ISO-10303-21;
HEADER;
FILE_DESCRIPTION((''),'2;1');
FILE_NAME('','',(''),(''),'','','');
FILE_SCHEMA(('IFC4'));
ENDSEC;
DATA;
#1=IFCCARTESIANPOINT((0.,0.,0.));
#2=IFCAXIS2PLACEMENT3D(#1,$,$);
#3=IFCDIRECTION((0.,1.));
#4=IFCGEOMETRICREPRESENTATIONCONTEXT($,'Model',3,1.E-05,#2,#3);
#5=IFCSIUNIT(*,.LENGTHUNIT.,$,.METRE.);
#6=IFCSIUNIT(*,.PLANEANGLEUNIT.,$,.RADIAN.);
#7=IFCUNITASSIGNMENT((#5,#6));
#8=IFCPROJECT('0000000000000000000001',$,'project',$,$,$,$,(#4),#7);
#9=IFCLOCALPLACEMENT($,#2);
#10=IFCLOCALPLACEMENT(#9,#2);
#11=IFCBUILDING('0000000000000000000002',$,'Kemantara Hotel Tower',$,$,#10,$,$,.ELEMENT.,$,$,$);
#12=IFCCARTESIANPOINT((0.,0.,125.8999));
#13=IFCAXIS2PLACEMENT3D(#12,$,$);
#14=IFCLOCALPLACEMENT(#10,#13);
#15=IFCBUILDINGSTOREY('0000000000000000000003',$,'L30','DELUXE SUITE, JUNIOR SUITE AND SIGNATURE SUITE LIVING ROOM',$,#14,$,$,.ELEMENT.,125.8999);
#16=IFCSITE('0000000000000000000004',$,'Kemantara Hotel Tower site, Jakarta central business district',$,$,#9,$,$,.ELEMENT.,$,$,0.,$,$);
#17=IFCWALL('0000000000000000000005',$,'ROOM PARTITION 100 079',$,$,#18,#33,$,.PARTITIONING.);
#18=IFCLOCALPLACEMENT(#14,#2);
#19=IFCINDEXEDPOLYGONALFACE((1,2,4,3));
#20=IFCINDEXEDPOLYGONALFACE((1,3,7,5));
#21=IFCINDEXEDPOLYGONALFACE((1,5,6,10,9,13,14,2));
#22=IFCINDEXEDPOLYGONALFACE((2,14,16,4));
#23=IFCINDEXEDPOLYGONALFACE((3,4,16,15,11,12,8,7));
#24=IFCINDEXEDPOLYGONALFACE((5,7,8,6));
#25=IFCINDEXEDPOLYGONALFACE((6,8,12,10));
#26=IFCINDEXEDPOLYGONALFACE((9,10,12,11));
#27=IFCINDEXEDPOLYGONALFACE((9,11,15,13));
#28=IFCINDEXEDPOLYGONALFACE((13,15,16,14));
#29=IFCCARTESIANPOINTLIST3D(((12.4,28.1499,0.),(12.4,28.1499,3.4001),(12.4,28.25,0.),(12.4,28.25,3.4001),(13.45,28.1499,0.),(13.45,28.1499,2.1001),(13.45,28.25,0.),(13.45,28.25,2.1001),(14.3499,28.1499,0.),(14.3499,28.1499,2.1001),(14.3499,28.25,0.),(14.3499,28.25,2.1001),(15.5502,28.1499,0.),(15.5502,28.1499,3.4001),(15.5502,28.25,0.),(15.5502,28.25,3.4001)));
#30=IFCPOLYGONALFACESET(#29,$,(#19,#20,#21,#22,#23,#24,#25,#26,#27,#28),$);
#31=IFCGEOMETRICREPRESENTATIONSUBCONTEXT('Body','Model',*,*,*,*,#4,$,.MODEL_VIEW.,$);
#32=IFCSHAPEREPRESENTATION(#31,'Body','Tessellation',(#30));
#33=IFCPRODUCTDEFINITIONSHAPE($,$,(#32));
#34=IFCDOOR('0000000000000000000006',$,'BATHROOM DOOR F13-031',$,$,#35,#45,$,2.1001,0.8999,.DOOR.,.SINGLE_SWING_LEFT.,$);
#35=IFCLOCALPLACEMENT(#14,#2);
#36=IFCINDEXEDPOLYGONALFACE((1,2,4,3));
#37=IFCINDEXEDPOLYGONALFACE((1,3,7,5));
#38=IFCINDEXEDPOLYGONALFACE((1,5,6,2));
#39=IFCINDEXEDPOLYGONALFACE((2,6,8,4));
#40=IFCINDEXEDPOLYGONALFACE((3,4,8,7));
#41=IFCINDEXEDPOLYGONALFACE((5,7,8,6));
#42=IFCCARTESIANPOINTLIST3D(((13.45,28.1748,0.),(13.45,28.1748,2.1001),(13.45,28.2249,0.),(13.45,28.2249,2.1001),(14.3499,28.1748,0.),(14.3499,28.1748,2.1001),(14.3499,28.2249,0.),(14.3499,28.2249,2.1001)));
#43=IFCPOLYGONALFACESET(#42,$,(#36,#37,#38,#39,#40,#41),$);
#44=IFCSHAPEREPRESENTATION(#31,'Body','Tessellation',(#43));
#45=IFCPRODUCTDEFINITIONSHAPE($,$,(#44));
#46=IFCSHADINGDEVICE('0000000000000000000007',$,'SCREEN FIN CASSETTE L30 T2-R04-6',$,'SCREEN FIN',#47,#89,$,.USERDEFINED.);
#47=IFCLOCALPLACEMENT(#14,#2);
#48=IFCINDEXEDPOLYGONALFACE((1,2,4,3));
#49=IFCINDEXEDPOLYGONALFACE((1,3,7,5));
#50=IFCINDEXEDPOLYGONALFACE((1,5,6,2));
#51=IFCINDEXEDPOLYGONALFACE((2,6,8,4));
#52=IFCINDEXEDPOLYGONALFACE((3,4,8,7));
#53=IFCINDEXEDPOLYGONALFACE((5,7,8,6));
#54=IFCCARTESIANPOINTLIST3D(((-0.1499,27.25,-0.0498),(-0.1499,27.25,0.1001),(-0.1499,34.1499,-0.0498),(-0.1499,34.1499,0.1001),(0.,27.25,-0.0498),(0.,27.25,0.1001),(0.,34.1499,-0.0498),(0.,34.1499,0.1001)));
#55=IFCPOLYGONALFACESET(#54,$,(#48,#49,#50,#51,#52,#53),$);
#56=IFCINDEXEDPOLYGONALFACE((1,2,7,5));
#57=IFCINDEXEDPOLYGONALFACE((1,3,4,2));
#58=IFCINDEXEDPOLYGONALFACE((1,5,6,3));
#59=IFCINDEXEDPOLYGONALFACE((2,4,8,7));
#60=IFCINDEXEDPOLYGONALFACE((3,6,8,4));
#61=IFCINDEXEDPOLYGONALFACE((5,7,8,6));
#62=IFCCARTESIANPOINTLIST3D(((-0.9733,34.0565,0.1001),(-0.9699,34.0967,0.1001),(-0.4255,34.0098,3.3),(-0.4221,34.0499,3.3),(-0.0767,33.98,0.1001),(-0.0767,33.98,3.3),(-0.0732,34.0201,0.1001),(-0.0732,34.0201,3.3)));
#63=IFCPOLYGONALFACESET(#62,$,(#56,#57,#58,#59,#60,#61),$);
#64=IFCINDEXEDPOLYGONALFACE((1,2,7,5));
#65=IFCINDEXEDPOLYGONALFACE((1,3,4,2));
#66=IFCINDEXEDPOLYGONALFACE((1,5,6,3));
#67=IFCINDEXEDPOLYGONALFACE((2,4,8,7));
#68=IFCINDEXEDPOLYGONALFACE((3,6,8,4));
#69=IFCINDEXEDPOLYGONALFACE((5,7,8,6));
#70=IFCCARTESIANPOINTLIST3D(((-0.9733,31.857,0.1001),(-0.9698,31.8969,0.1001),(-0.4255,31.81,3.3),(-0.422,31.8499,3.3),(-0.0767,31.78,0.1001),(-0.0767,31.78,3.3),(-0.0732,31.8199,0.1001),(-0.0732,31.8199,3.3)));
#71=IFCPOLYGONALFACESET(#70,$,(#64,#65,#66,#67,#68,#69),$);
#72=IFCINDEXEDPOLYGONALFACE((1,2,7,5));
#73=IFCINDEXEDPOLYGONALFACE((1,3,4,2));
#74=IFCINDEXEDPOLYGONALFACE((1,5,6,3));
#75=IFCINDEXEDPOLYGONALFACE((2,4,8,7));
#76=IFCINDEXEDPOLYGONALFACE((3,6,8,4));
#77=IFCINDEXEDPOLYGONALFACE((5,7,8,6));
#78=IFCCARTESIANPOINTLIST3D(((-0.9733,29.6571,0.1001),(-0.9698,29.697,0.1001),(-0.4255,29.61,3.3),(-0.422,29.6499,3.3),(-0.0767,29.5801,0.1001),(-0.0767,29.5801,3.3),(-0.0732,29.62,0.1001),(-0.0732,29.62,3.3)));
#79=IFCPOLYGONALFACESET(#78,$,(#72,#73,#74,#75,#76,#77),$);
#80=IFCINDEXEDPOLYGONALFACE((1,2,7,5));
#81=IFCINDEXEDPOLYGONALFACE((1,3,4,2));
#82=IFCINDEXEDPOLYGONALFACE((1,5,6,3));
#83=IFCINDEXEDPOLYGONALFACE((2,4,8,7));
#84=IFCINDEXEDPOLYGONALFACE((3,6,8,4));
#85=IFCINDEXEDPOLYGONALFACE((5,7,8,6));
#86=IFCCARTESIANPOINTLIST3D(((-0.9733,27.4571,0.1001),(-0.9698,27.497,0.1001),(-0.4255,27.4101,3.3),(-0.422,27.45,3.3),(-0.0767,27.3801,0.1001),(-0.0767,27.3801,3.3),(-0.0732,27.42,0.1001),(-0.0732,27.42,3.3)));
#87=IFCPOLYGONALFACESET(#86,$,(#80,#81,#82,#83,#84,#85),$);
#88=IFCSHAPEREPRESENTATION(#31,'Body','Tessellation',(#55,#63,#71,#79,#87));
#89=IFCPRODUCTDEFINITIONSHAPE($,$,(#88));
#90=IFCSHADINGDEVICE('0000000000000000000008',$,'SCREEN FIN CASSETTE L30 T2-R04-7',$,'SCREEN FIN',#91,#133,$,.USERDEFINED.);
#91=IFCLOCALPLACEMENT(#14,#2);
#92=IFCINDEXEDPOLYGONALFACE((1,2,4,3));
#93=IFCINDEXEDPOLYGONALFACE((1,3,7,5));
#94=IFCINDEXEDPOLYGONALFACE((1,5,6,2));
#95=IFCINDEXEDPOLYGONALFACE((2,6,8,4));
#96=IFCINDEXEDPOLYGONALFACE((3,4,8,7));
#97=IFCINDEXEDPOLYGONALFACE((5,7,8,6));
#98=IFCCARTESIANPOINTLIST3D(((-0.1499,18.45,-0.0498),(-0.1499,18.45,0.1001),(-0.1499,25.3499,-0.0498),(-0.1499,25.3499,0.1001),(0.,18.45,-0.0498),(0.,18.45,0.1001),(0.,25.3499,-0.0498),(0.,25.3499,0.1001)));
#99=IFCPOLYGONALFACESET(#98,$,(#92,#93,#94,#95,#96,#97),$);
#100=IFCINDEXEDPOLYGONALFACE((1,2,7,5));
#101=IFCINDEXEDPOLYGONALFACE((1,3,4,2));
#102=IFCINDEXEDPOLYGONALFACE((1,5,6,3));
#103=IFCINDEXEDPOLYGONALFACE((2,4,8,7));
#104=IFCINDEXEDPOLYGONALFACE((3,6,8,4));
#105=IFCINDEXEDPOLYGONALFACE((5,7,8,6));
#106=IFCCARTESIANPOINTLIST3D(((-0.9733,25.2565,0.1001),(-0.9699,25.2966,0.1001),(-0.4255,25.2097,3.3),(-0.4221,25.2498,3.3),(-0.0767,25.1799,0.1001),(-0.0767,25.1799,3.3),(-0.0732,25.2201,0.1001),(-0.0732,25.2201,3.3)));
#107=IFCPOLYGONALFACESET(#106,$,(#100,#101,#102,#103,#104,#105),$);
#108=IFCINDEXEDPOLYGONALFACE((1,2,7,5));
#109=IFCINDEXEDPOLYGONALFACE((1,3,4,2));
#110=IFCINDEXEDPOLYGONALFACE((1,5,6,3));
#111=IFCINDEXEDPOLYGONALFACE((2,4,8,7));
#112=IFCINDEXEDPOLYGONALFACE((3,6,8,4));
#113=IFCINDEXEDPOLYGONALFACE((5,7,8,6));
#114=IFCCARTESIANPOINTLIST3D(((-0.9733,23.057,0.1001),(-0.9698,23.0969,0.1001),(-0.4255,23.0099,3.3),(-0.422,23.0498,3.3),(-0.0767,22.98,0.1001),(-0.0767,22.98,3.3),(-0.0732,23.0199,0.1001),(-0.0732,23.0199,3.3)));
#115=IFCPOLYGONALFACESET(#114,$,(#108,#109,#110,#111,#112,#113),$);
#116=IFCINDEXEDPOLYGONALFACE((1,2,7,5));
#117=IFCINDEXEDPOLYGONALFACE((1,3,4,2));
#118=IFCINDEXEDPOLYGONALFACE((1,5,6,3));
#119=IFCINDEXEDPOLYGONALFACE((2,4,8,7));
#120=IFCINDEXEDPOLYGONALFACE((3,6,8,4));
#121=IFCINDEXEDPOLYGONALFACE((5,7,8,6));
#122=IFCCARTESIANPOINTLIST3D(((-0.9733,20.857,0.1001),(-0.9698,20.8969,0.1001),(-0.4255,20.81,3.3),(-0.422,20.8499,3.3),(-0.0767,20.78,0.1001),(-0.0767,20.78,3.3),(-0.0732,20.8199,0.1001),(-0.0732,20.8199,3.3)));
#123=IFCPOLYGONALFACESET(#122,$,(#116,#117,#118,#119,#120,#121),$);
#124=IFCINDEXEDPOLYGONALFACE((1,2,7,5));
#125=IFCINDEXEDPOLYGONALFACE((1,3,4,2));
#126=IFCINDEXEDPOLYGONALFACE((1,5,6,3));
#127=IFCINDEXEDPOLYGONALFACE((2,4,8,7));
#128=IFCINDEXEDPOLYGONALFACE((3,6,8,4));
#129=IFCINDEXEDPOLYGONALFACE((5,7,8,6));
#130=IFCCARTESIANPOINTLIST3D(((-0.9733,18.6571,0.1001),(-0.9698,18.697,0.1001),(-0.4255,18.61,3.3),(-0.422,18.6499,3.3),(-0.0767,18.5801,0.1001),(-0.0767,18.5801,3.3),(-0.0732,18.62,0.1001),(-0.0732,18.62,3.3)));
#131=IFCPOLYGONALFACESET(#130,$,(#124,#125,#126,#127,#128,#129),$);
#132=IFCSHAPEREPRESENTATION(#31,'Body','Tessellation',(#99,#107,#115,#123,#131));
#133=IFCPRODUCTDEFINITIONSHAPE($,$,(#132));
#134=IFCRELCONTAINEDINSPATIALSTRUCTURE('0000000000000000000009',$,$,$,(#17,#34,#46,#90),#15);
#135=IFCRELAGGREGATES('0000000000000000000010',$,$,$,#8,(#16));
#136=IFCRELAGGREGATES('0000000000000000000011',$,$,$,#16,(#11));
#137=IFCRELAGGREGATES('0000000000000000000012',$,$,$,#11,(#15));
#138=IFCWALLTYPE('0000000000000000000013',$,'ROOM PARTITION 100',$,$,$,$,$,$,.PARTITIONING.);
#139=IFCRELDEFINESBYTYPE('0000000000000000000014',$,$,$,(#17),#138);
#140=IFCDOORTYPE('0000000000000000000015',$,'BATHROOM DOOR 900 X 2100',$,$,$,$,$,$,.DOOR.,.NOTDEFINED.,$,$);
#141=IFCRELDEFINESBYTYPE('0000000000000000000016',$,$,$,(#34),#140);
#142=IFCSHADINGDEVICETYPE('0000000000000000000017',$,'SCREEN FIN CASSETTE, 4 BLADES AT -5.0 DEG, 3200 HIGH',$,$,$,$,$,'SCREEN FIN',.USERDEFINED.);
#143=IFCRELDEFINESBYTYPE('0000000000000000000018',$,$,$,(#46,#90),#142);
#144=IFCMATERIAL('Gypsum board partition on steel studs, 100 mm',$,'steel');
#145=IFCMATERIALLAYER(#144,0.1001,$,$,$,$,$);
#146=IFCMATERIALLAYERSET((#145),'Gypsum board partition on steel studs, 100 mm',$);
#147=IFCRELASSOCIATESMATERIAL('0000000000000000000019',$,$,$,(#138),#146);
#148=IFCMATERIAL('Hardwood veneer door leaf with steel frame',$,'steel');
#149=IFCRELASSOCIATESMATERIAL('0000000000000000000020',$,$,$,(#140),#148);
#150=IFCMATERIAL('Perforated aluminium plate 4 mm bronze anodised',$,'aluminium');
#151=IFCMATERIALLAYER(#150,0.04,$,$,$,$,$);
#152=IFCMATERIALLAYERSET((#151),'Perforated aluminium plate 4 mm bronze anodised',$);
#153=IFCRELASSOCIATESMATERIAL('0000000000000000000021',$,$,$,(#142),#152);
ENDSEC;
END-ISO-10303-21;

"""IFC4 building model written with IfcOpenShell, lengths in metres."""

from ifc_helpers import new_model, si_unit, direction, frame, frame_2d, origin, origin_2d, place, context, subcontext, project, spatial, polyline, rectangle, outline, extrude, source, transform, mapped, material, layer, layer_set, type_object, element, fill, save


model = new_model("IFC4")

# Units and contexts
model_context = context("Model", 3, precision=1e-05, world=origin(), true_north=direction((0.0, 1.0)))
body_context = subcontext(model_context, "Body", "Model", "MODEL_VIEW")
ifc_project = project(units=[si_unit("LENGTHUNIT", "METRE"), si_unit("PLANEANGLEUNIT", "RADIAN")], contexts=[model_context])

# Site, building, storey
site_placement = place(None, origin())
site = spatial("IfcSite", under=ifc_project, at=site_placement, Name="Kemantara Hotel Tower site, Jakarta central business district", CompositionType="ELEMENT", RefElevation=0.0)
building_placement = place(site_placement, origin())
building = spatial("IfcBuilding", under=site, at=building_placement, Name="Kemantara Hotel Tower", CompositionType="ELEMENT")
storey_placement = place(building_placement, frame((0.0, 0.0, 125.8999)))
storey = spatial("IfcBuildingStorey", under=building, at=storey_placement, Name="L30", Description="DELUXE SUITE, JUNIOR SUITE AND SIGNATURE SUITE LIVING ROOM", CompositionType="ELEMENT", Elevation=125.8999)

# Shared definitions
ifc_material_1 = material(Name="Hardwood veneer door leaf with steel frame", Category="steel")

# Shared definitions
ifc_material_2 = material(Name="Gypsum board partition on steel studs, 100 mm", Category="steel")
ifc_layer_1 = layer(ifc_material_2, 0.1001)
ifc_layer_set_1 = layer_set([ifc_layer_1], Name="Gypsum board partition on steel studs, 100 mm")
wall_type_1 = type_object("IfcWallType", Name="ROOM PARTITION 100", PredefinedType="PARTITIONING", material=ifc_layer_set_1)

# Shared definitions
door_type_1 = type_object("IfcDoorType", Name="BATHROOM DOOR 900 X 2100", OperationType="NOTDEFINED", PredefinedType="DOOR", material=ifc_material_1)

# Wall, opening, door
wall_1_placement = place(storey_placement, frame((12.3999, 28.2, 0.0), z_axis=(0.0, 0.0, 1.0), x_axis=(1.0, 0.0, 0.0)))
wall_1 = element("IfcWall", 1, at=wall_1_placement, inside=storey, type_object=wall_type_1, Name="ROOM PARTITION 100 079", PredefinedType="PARTITIONING", context=body_context, shape_type="SweptSolid", body=[
    extrude(rectangle(XDim=3.1501, YDim=0.1001, at=frame_2d((1.5752, 0.0))), origin(), (0.0, 0.0, 1.0), 3.4001),
])
opening_1_placement = place(wall_1_placement, frame((1.05, 0.0, 0.0)))
opening_1 = element("IfcOpeningElement", 2, at=opening_1_placement, cuts=wall_1, PredefinedType="OPENING", context=body_context, shape_type="SweptSolid", body=[
    extrude(rectangle(XDim=0.8999, YDim=2.1001, at=frame_2d((0.45, 1.05))), frame((0.0, 0.0601, 0.0), z_axis=(0.0, -1.0, 0.0), x_axis=(1.0, 0.0, 0.0)), (0.0, 0.0, 1.0), 0.1201),
])
door_1_placement = place(opening_1_placement, origin())
door_1 = element("IfcDoor", 3, at=door_1_placement, inside=storey, type_object=door_type_1, Name="BATHROOM DOOR F13-031", OperationType="SINGLE_SWING_LEFT", OverallHeight=2.1001, OverallWidth=0.8999, PredefinedType="DOOR", context=body_context, shape_type="SweptSolid", body=[
    extrude(rectangle(XDim=0.8999, YDim=2.1001, at=frame_2d((0.45, 1.05))), frame((0.0, 0.0249, 0.0), z_axis=(0.0, -1.0, 0.0), x_axis=(1.0, 0.0, 0.0)), (0.0, 0.0, 1.0), 0.05),
])
fill(opening_1, door_1)

# Shading devices
ifc_material_3 = material(Name="Perforated aluminium plate 4 mm bronze anodised", Category="aluminium")
ifc_layer_2 = layer(ifc_material_3, 0.04)
ifc_layer_set_2 = layer_set([ifc_layer_2], Name="Perforated aluminium plate 4 mm bronze anodised")
shading_device_type = type_object("IfcShadingDeviceType", Name="SCREEN FIN CASSETTE, 4 BLADES AT -5.0 DEG, 3200 HIGH", ElementType="SCREEN FIN", PredefinedType="USERDEFINED", material=ifc_layer_set_2)
shared_shape = source(origin(), body_context, "Body", "SweptSolid", [
    extrude(rectangle(XDim=6.8999, YDim=0.1499, at=origin_2d()), frame((3.3, -0.075, -0.1499), z_axis=(0.0, 0.0, 1.0), x_axis=(1.0, 0.0, 0.0)), (0.0, 0.0, 1.0), 0.1499),
    extrude(outline(polyline([(0.0, 0.0), (0.8999, 0.0), (0.3501, 3.2), (0.0, 3.2), (0.0, 0.0)])), frame((0.02, -0.0767, 0.0), z_axis=(-0.996376, 0.085056, 0.0), x_axis=(-0.085056, -0.996376, 0.0)), (0.0, 0.0, 1.0), 0.0403),
    extrude(outline(polyline([(0.0, 0.0), (0.8999, 0.0), (0.3501, 3.2), (0.0, 3.2), (0.0, 0.0)])), frame((2.22, -0.0767, 0.0), z_axis=(-0.996332, 0.085575, 0.0), x_axis=(-0.085575, -0.996332, 0.0)), (0.0, 0.0, 1.0), 0.04),
    extrude(outline(polyline([(0.0, 0.0), (0.8999, 0.0), (0.3501, 3.2), (0.0, 3.2), (0.0, 0.0)])), frame((4.4199, -0.0767, 0.0), z_axis=(-0.996332, 0.085575, 0.0), x_axis=(-0.085575, -0.996332, 0.0)), (0.0, 0.0, 1.0), 0.04),
    extrude(outline(polyline([(0.0, 0.0), (0.8999, 0.0), (0.3501, 3.2), (0.0, 3.2), (0.0, 0.0)])), frame((6.6199, -0.0767, 0.0), z_axis=(-0.996332, 0.085575, 0.0), x_axis=(-0.085575, -0.996332, 0.0)), (0.0, 0.0, 1.0), 0.04),
])
for number, where, z_axis, x_axis, name in (
    (4, (0.0, 34.0, 0.1001), (0.0, 0.0, 1.0), (0.0, -1.0, 0.0), "SCREEN FIN CASSETTE L30 T2-R04-6"),
    (5, (0.0, 25.2, 0.1001), (0.0, 0.0, 1.0), (0.0, -1.0, 0.0), "SCREEN FIN CASSETTE L30 T2-R04-7"),
):
    element("IfcShadingDevice", number, at=place(storey_placement, frame(where, z_axis=z_axis, x_axis=x_axis)), inside=storey, type_object=shading_device_type, Name=name, ObjectType="SCREEN FIN", PredefinedType="USERDEFINED", context=body_context, shape_type="MappedRepresentation", body=[
        mapped(shared_shape, transform((0.0, 0.0, 0.0))),
    ])

save(model, "model.ifc")
